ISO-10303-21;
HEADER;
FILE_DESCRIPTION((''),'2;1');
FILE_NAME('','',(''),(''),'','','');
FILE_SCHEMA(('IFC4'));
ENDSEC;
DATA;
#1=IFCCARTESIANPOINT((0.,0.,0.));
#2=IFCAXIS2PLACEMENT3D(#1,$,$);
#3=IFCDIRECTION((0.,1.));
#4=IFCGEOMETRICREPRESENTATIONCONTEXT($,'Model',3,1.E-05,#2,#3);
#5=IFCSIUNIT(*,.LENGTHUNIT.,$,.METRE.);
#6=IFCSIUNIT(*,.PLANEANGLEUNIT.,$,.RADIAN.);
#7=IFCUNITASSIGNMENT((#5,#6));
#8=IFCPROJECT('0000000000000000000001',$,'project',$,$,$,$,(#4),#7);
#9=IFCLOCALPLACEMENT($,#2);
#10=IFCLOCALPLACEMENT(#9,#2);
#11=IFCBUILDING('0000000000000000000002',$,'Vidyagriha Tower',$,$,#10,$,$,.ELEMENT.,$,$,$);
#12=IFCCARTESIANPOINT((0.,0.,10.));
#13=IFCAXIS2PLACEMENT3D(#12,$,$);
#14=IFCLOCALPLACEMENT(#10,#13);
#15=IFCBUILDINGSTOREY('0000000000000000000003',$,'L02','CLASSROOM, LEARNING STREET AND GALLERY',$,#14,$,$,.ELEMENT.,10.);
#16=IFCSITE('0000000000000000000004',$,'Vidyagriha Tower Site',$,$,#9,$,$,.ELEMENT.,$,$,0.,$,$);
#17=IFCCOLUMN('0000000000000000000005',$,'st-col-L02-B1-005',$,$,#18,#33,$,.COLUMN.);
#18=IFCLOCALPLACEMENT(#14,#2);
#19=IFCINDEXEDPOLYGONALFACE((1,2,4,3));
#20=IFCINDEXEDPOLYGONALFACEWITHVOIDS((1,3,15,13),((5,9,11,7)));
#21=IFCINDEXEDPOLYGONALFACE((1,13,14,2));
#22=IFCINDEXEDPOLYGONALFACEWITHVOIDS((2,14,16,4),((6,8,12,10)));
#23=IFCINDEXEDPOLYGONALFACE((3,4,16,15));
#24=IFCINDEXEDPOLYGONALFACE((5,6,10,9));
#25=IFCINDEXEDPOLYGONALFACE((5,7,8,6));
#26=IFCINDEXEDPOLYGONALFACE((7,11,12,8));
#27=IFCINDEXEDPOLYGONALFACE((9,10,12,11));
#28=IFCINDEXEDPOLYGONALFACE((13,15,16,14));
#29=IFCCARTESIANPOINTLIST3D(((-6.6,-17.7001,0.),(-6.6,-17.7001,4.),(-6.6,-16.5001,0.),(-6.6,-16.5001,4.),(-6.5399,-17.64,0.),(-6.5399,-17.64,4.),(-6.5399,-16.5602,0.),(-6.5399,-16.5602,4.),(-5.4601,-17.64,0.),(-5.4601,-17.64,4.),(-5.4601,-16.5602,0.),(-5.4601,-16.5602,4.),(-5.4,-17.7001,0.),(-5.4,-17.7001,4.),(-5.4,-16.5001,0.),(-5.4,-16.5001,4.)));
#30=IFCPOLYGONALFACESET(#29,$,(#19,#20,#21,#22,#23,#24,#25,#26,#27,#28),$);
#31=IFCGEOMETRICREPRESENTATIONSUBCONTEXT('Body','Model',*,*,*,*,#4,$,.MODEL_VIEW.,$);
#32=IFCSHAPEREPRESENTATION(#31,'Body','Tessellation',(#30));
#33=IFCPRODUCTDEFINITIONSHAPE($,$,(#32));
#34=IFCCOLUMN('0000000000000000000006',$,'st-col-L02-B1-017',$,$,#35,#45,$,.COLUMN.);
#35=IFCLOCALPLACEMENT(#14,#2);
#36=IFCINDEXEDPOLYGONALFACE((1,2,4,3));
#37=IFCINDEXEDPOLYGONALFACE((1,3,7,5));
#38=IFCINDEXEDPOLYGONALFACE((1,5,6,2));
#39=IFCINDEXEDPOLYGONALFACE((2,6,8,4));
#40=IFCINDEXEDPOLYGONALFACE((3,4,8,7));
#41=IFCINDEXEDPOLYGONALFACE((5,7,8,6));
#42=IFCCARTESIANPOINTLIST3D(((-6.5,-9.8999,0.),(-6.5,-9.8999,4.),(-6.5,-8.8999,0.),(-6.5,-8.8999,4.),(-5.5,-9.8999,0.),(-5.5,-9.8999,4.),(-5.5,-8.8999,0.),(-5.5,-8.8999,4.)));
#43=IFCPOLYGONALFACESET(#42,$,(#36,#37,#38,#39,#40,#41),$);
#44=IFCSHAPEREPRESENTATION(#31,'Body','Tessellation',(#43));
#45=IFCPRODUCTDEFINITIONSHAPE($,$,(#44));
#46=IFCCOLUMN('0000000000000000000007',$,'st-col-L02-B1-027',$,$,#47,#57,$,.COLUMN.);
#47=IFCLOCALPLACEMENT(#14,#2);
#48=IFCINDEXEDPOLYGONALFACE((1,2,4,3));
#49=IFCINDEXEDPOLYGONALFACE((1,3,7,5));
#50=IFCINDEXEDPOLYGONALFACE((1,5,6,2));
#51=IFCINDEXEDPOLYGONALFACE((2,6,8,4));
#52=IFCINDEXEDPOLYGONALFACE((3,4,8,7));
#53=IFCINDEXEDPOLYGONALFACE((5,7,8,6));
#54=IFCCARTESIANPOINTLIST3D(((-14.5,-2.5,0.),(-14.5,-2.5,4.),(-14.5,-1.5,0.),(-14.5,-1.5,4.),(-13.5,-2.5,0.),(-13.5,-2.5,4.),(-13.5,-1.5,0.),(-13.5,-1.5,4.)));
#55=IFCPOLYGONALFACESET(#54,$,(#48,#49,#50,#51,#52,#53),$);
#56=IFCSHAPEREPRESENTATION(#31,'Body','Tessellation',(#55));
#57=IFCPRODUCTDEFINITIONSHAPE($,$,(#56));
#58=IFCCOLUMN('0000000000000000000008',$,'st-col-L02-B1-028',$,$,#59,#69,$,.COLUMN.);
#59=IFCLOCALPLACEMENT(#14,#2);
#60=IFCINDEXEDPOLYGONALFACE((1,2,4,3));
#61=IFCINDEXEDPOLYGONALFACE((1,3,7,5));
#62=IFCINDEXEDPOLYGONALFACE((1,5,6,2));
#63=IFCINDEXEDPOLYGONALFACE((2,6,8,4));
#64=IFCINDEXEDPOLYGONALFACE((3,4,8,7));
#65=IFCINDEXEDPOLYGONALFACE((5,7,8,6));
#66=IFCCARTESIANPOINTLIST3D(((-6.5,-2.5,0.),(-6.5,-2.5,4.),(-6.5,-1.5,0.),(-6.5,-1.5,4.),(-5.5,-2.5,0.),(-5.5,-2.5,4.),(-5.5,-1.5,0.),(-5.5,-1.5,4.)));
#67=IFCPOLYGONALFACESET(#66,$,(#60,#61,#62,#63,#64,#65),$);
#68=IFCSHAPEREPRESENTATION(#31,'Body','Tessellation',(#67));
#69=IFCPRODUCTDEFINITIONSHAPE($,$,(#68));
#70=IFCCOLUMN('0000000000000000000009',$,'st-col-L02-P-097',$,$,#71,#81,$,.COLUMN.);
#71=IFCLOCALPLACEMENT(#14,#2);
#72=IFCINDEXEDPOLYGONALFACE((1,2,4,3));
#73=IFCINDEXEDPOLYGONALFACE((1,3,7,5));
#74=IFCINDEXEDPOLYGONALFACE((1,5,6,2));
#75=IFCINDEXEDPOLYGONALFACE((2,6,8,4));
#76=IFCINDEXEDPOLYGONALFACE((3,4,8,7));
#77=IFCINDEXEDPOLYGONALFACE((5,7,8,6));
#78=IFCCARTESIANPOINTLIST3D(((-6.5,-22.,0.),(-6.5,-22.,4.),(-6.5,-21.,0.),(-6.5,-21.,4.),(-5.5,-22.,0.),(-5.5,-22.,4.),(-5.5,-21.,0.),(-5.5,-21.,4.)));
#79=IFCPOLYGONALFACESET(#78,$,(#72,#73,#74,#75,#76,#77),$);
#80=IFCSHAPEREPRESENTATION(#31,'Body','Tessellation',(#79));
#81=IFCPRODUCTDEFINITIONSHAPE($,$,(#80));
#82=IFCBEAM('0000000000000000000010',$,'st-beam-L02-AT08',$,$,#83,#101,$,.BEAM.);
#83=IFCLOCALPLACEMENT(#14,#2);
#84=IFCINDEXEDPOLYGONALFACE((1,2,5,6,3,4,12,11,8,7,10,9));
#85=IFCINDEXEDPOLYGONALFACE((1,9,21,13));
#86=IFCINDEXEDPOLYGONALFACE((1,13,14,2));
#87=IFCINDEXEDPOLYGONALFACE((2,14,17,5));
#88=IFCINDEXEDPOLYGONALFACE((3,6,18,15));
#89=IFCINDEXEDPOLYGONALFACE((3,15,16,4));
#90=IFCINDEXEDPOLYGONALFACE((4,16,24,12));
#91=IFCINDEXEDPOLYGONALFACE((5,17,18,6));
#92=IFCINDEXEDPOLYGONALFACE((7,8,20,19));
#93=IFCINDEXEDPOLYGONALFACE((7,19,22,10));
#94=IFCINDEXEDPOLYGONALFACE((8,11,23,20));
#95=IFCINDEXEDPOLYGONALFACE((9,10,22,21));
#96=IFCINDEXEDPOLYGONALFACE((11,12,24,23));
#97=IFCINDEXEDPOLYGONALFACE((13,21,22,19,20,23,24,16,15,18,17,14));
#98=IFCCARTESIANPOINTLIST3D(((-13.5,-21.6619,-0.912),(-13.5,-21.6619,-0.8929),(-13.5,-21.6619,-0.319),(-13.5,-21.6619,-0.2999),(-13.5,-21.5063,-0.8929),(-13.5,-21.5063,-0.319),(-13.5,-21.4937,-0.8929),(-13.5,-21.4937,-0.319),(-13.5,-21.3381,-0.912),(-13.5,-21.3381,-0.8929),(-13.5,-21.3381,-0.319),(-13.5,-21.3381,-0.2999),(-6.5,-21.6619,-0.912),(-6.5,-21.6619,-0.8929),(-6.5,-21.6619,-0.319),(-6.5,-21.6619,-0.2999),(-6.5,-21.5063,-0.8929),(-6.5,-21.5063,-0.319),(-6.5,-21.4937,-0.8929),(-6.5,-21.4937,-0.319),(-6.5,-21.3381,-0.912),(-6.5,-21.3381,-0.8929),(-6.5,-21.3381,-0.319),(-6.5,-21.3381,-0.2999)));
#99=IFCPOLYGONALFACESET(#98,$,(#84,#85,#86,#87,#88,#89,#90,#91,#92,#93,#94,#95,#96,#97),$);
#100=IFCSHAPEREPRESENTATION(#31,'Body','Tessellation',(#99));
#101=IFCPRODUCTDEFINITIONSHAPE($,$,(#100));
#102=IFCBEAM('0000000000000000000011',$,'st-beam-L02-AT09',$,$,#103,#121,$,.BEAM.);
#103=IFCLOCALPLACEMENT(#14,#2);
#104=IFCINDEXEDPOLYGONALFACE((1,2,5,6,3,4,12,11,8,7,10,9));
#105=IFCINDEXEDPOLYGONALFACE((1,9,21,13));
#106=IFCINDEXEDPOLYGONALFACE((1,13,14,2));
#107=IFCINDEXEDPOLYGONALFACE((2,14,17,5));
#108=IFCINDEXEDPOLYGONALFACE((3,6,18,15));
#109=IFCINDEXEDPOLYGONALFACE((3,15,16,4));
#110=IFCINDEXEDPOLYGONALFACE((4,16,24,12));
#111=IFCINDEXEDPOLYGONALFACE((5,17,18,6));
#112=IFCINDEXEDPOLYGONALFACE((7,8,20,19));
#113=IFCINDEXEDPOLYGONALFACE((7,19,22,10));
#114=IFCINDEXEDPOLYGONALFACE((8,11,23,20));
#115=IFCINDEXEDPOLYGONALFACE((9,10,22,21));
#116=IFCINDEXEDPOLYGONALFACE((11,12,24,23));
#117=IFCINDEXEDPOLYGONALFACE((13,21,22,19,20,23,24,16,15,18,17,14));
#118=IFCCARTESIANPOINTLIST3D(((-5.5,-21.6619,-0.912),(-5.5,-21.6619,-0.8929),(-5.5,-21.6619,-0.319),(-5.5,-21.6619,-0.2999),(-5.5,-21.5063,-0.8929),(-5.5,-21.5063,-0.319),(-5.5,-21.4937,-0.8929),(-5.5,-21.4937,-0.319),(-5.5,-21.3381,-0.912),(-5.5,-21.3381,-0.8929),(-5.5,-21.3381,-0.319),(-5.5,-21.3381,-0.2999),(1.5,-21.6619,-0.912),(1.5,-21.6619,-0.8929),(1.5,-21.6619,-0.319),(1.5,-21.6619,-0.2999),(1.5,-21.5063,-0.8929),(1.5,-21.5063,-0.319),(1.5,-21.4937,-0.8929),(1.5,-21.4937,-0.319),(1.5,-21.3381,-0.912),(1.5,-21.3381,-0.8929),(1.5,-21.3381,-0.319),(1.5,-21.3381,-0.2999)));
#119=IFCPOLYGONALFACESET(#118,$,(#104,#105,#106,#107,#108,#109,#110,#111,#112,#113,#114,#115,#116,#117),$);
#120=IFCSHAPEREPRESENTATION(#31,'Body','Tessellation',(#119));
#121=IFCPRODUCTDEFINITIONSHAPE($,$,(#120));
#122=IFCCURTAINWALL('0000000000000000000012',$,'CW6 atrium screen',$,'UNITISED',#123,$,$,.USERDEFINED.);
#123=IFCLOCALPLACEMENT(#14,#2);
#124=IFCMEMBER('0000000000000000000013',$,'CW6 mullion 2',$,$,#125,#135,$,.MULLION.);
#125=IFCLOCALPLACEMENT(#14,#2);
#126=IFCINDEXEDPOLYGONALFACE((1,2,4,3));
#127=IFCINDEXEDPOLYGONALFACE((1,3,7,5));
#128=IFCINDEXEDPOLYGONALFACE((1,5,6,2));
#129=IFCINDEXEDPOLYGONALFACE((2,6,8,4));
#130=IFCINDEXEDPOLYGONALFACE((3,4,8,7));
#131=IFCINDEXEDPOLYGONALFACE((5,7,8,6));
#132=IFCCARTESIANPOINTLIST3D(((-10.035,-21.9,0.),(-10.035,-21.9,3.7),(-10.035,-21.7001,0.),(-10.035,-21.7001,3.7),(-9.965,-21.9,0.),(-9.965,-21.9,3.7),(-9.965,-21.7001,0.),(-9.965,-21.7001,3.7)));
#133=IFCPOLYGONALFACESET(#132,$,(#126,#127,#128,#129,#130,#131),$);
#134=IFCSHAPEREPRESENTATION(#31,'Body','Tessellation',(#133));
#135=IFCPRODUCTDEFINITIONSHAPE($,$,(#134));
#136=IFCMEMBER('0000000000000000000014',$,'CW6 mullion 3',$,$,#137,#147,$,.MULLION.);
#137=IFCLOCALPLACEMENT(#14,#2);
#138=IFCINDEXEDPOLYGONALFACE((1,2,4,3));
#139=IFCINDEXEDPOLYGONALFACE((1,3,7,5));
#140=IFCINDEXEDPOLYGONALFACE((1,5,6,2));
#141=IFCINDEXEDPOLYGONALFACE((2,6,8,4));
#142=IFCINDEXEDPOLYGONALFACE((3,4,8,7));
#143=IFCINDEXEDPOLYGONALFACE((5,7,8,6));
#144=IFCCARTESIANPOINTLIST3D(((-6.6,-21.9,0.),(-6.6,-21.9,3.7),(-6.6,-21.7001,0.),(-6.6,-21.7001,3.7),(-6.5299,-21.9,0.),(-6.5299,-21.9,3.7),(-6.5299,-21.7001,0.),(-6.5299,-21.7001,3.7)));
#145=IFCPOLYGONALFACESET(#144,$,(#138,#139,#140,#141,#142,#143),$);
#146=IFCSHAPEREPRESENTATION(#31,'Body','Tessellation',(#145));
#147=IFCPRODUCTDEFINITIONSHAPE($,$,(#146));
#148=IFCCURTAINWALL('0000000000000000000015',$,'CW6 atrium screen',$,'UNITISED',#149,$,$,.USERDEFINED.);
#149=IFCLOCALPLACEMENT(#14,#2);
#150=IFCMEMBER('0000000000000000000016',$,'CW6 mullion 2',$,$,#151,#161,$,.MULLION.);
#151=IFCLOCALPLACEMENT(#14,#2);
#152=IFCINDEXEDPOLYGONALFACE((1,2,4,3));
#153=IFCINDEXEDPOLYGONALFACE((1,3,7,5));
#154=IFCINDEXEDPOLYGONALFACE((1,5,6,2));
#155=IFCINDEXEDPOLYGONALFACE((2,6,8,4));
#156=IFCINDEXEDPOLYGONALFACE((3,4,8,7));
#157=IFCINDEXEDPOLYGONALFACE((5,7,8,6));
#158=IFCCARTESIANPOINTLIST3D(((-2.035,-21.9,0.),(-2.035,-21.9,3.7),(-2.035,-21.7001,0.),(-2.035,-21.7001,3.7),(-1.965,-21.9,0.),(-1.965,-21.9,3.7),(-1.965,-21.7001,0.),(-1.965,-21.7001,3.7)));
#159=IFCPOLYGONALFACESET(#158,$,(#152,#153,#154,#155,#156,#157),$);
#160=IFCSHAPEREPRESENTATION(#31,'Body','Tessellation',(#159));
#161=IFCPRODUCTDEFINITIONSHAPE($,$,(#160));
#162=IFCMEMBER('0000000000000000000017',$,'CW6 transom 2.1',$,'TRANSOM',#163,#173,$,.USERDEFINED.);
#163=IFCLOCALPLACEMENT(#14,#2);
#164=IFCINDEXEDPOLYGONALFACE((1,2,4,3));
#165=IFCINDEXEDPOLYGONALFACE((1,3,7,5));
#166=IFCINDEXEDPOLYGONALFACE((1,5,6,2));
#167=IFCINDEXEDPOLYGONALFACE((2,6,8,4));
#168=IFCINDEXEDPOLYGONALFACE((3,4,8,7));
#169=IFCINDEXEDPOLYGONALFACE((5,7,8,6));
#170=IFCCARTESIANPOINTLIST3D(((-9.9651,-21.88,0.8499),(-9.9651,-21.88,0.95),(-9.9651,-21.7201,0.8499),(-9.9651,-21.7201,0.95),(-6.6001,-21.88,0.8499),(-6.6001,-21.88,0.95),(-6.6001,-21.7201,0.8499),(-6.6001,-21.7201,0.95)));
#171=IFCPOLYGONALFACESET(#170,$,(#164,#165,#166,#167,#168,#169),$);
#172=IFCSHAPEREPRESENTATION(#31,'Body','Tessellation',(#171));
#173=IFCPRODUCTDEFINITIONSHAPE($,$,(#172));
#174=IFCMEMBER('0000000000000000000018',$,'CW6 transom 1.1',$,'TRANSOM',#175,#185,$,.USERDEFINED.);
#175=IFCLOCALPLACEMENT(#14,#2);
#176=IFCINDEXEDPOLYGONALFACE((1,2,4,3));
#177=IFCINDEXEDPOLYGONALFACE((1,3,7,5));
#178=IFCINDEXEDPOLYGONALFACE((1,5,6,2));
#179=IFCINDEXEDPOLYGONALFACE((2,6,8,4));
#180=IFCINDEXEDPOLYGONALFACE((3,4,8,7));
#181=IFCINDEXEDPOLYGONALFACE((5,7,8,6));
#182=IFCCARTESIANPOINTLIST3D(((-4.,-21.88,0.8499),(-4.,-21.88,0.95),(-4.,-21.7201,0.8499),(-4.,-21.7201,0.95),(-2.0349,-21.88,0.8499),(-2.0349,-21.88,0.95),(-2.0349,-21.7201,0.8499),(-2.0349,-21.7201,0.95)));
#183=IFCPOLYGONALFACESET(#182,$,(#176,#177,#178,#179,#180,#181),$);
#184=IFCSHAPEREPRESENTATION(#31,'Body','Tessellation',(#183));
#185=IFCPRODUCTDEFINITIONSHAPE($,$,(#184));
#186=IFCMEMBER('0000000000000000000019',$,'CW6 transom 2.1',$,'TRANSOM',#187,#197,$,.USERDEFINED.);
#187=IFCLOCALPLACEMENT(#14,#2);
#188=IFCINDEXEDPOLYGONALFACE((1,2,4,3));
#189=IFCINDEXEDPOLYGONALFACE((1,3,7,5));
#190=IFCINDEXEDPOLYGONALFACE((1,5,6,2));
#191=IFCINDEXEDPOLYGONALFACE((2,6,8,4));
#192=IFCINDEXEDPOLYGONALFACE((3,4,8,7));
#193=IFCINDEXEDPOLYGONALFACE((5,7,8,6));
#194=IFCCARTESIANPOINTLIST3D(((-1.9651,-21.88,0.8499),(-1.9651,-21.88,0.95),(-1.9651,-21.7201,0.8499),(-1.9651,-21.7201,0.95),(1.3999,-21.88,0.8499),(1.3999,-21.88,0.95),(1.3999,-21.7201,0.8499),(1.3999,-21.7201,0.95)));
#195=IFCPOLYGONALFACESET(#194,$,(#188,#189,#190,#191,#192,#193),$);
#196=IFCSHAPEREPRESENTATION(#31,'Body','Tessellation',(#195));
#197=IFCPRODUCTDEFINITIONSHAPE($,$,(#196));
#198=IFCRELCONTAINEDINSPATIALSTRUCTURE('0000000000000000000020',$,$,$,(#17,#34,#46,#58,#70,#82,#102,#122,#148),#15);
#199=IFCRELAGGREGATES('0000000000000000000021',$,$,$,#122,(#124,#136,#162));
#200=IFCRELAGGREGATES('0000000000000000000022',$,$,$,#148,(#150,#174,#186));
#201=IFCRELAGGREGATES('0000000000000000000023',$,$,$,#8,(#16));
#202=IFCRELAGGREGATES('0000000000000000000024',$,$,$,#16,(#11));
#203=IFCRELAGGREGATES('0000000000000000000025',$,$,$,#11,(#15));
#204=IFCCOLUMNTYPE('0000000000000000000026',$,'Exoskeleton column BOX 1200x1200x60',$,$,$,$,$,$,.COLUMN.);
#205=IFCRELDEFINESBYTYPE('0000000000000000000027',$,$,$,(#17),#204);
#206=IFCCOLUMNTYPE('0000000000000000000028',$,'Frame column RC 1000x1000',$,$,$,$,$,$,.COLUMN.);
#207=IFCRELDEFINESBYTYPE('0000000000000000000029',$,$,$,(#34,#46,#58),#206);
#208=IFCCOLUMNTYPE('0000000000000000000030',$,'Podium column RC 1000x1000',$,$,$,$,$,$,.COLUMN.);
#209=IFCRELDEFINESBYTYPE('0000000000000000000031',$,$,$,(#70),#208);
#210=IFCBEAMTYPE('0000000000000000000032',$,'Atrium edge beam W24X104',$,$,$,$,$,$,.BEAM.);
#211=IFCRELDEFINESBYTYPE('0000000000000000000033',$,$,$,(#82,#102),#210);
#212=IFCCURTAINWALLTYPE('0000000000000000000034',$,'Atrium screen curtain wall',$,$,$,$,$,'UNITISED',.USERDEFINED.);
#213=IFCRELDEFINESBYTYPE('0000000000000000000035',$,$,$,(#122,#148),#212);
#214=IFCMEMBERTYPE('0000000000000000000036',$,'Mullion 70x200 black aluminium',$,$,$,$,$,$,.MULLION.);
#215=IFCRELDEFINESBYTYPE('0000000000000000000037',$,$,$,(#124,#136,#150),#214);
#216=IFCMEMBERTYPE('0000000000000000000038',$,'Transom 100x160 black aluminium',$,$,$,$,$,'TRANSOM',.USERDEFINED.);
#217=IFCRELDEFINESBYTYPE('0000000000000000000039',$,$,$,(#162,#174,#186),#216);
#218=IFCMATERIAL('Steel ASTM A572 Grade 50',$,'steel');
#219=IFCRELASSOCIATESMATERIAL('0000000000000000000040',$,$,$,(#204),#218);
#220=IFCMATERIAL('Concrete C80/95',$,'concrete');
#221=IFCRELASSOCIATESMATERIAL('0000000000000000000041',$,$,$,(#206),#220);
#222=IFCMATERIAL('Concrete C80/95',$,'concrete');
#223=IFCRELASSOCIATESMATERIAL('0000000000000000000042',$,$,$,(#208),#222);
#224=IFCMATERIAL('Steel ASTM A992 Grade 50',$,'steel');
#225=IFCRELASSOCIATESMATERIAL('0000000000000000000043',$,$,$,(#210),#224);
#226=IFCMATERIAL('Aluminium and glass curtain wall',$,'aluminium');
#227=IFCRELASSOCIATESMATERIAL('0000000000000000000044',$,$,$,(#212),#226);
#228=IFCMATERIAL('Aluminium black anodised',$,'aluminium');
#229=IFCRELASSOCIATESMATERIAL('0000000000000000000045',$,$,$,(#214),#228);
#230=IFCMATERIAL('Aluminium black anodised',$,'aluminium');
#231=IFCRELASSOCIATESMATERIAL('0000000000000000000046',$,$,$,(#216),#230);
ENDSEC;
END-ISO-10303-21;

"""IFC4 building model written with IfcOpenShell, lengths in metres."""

from ifc_helpers import new_model, si_unit, direction, frame, origin, origin_2d, place, context, subcontext, project, spatial, rectangle, hollow_rectangle, i_section, extrude, material, material_profile, profile_set, type_object, element, aggregate, save


model = new_model("IFC4")

# Units and contexts
model_context = context("Model", 3, precision=1e-05, world=origin(), true_north=direction((0.0, 1.0)))
body_context = subcontext(model_context, "Body", "Model", "MODEL_VIEW")
ifc_project = project(units=[si_unit("LENGTHUNIT", "METRE"), si_unit("PLANEANGLEUNIT", "RADIAN")], contexts=[model_context])

# Site, building, storey
site_placement = place(None, origin())
site = spatial("IfcSite", under=ifc_project, at=site_placement, Name="Vidyagriha Tower Site", CompositionType="ELEMENT", RefElevation=0.0)
building_placement = place(site_placement, origin())
building = spatial("IfcBuilding", under=site, at=building_placement, Name="Vidyagriha Tower", CompositionType="ELEMENT")
storey_placement = place(building_placement, frame((0.0, 0.0, 10.0)))
storey = spatial("IfcBuildingStorey", under=building, at=storey_placement, Name="L02", Description="CLASSROOM, LEARNING STREET AND GALLERY", CompositionType="ELEMENT", Elevation=10.0)

# Columns
ifc_material_1 = material(Name="Steel ASTM A572 Grade 50", Category="steel")
ifc_material_profile_1 = material_profile(ifc_material_1, hollow_rectangle(XDim=1.2, YDim=1.2, WallThickness=0.0601, at=origin_2d()), Name="BOX 1200x1200x60")
ifc_profile_set_1 = profile_set([ifc_material_profile_1], Name="Steel ASTM A572 Grade 50")
column_type_1 = type_object("IfcColumnType", Name="Exoskeleton column BOX 1200x1200x60", PredefinedType="COLUMN", material=ifc_profile_set_1)
column_1_placement = place(storey_placement, frame((-6.0, -17.1001, 0.0)))
element("IfcColumn", 1, at=column_1_placement, inside=storey, type_object=column_type_1, Name="st-col-L02-B1-005", PredefinedType="COLUMN", context=body_context, shape_type="SweptSolid", body=[
    extrude(hollow_rectangle(XDim=1.2, YDim=1.2, WallThickness=0.0601, at=origin_2d()), origin(), (0.0, 0.0, 1.0), 4.0),
])
ifc_material_2 = material(Name="Concrete C80/95", Category="concrete")
ifc_material_profile_2 = material_profile(ifc_material_2, rectangle(XDim=1.0, YDim=1.0, at=origin_2d()), Name="RC 1000x1000")
ifc_profile_set_2 = profile_set([ifc_material_profile_2], Name="Concrete C80/95")
column_type_2 = type_object("IfcColumnType", Name="Frame column RC 1000x1000", PredefinedType="COLUMN", material=ifc_profile_set_2)
for number, where, name in (
    (2, (-6.0, -9.3999, 0.0), "st-col-L02-B1-017"),
    (3, (-14.0, -2.0, 0.0), "st-col-L02-B1-027"),
    (4, (-6.0, -2.0, 0.0), "st-col-L02-B1-028"),
):
    element("IfcColumn", number, at=place(storey_placement, frame(where)), inside=storey, type_object=column_type_2, Name=name, PredefinedType="COLUMN", context=body_context, shape_type="SweptSolid", body=[
        extrude(rectangle(XDim=1.0, YDim=1.0, at=origin_2d()), origin(), (0.0, 0.0, 1.0), 4.0),
    ])
ifc_material_3 = material(Name="Concrete C80/95", Category="concrete")
ifc_material_profile_3 = material_profile(ifc_material_3, rectangle(XDim=1.0, YDim=1.0, at=origin_2d()), Name="RC 1000x1000")
ifc_profile_set_3 = profile_set([ifc_material_profile_3], Name="Concrete C80/95")
column_type_3 = type_object("IfcColumnType", Name="Podium column RC 1000x1000", PredefinedType="COLUMN", material=ifc_profile_set_3)
column_2_placement = place(storey_placement, frame((-6.0, -21.5, 0.0)))
element("IfcColumn", 5, at=column_2_placement, inside=storey, type_object=column_type_3, Name="st-col-L02-P-097", PredefinedType="COLUMN", context=body_context, shape_type="SweptSolid", body=[
    extrude(rectangle(XDim=1.0, YDim=1.0, at=origin_2d()), origin(), (0.0, 0.0, 1.0), 4.0),
])

# Beams
ifc_material_4 = material(Name="Steel ASTM A992 Grade 50", Category="steel")
ifc_material_profile_4 = material_profile(ifc_material_4, i_section(OverallWidth=0.3237, OverallDepth=0.6121, WebThickness=0.0127, FlangeThickness=0.019, at=origin_2d()), Name="W24X104")
ifc_profile_set_4 = profile_set([ifc_material_profile_4], Name="Steel ASTM A992 Grade 50")
beam_type = type_object("IfcBeamType", Name="Atrium edge beam W24X104", PredefinedType="BEAM", material=ifc_profile_set_4)
for number, where, z_axis, x_axis, name in (
    (6, (-13.5, -21.5, -0.606), (1.0, 0.0, 0.0), (0.0, 1.0, 0.0), "st-beam-L02-AT08"),
    (7, (-5.5, -21.5, -0.606), (1.0, 0.0, 0.0), (0.0, 1.0, 0.0), "st-beam-L02-AT09"),
):
    element("IfcBeam", number, at=place(storey_placement, frame(where, z_axis=z_axis, x_axis=x_axis)), inside=storey, type_object=beam_type, Name=name, PredefinedType="BEAM", context=body_context, shape_type="SweptSolid", body=[
        extrude(i_section(OverallWidth=0.3237, OverallDepth=0.6121, WebThickness=0.0127, FlangeThickness=0.019, at=origin_2d()), origin(), (0.0, 0.0, 1.0), 7.0),
    ])

# Curtain wall, members
ifc_material_5 = material(Name="Aluminium and glass curtain wall", Category="aluminium")
curtain_wall_type = type_object("IfcCurtainWallType", Name="Atrium screen curtain wall", ElementType="UNITISED", PredefinedType="USERDEFINED", material=ifc_material_5)
curtain_wall_1_placement = place(storey_placement, origin())
curtain_wall_1 = element("IfcCurtainWall", 8, at=curtain_wall_1_placement, inside=storey, type_object=curtain_wall_type, Name="CW6 atrium screen", ObjectType="UNITISED", PredefinedType="USERDEFINED")
ifc_material_6 = material(Name="Aluminium black anodised", Category="aluminium")
ifc_material_profile_5 = material_profile(ifc_material_6, rectangle(XDim=0.2, YDim=0.0701, at=origin_2d()), Name="Mullion 70x200 black aluminium")
ifc_profile_set_5 = profile_set([ifc_material_profile_5], Name="Aluminium black anodised")
member_type_1 = type_object("IfcMemberType", Name="Mullion 70x200 black aluminium", PredefinedType="MULLION", material=ifc_profile_set_5)
member_1_placement = place(storey_placement, frame((-10.0, -21.8, 0.0), z_axis=(0.0, 0.0, 1.0), x_axis=(0.0, 1.0, 0.0)))
member_1 = element("IfcMember", 9, at=member_1_placement, type_object=member_type_1, Name="CW6 mullion 2", PredefinedType="MULLION", context=body_context, shape_type="SweptSolid", body=[
    extrude(rectangle(XDim=0.2, YDim=0.0701, at=origin_2d()), origin(), (0.0, 0.0, 1.0), 3.7),
])
member_2_placement = place(storey_placement, frame((-6.5649, -21.8, 0.0), z_axis=(0.0, 0.0, 1.0), x_axis=(0.0, 1.0, 0.0)))
member_2 = element("IfcMember", 10, at=member_2_placement, type_object=member_type_1, Name="CW6 mullion 3", PredefinedType="MULLION", context=body_context, shape_type="SweptSolid", body=[
    extrude(rectangle(XDim=0.2, YDim=0.0701, at=origin_2d()), origin(), (0.0, 0.0, 1.0), 3.7),
])

# Curtain wall, member
curtain_wall_2_placement = place(storey_placement, origin())
curtain_wall_2 = element("IfcCurtainWall", 11, at=curtain_wall_2_placement, inside=storey, type_object=curtain_wall_type, Name="CW6 atrium screen", ObjectType="UNITISED", PredefinedType="USERDEFINED")
member_3_placement = place(storey_placement, frame((-2.0, -21.8, 0.0), z_axis=(0.0, 0.0, 1.0), x_axis=(0.0, 1.0, 0.0)))
member_3 = element("IfcMember", 12, at=member_3_placement, type_object=member_type_1, Name="CW6 mullion 2", PredefinedType="MULLION", context=body_context, shape_type="SweptSolid", body=[
    extrude(rectangle(XDim=0.2, YDim=0.0701, at=origin_2d()), origin(), (0.0, 0.0, 1.0), 3.7),
])

# Members
ifc_material_7 = material(Name="Aluminium black anodised", Category="aluminium")
ifc_material_profile_6 = material_profile(ifc_material_7, rectangle(XDim=0.1599, YDim=0.1001, at=origin_2d()), Name="Transom 100x160 black aluminium")
ifc_profile_set_6 = profile_set([ifc_material_profile_6], Name="Aluminium black anodised")
member_type_2 = type_object("IfcMemberType", Name="Transom 100x160 black aluminium", ElementType="TRANSOM", PredefinedType="USERDEFINED", material=ifc_profile_set_6)
member_4_placement = place(storey_placement, frame((-9.9651, -21.8, 0.8999), z_axis=(1.0, 0.0, 0.0), x_axis=(0.0, 1.0, 0.0)))
member_4 = element("IfcMember", 13, at=member_4_placement, type_object=member_type_2, Name="CW6 transom 2.1", ObjectType="TRANSOM", PredefinedType="USERDEFINED", context=body_context, shape_type="SweptSolid", body=[
    extrude(rectangle(XDim=0.1599, YDim=0.1001, at=origin_2d()), origin(), (0.0, 0.0, 1.0), 3.365),
])
member_5_placement = place(storey_placement, frame((-4.0, -21.8, 0.8999), z_axis=(1.0, 0.0, 0.0), x_axis=(0.0, 1.0, 0.0)))
member_5 = element("IfcMember", 14, at=member_5_placement, type_object=member_type_2, Name="CW6 transom 1.1", ObjectType="TRANSOM", PredefinedType="USERDEFINED", context=body_context, shape_type="SweptSolid", body=[
    extrude(rectangle(XDim=0.1599, YDim=0.1001, at=origin_2d()), origin(), (0.0, 0.0, 1.0), 1.9651),
])
member_6_placement = place(storey_placement, frame((-1.9651, -21.8, 0.8999), z_axis=(1.0, 0.0, 0.0), x_axis=(0.0, 1.0, 0.0)))
member_6 = element("IfcMember", 15, at=member_6_placement, type_object=member_type_2, Name="CW6 transom 2.1", ObjectType="TRANSOM", PredefinedType="USERDEFINED", context=body_context, shape_type="SweptSolid", body=[
    extrude(rectangle(XDim=0.1599, YDim=0.1001, at=origin_2d()), origin(), (0.0, 0.0, 1.0), 3.365),
])

aggregate(curtain_wall_1, [member_1, member_2, member_4])
aggregate(curtain_wall_2, [member_3, member_5, member_6])

save(model, "model.ifc")
